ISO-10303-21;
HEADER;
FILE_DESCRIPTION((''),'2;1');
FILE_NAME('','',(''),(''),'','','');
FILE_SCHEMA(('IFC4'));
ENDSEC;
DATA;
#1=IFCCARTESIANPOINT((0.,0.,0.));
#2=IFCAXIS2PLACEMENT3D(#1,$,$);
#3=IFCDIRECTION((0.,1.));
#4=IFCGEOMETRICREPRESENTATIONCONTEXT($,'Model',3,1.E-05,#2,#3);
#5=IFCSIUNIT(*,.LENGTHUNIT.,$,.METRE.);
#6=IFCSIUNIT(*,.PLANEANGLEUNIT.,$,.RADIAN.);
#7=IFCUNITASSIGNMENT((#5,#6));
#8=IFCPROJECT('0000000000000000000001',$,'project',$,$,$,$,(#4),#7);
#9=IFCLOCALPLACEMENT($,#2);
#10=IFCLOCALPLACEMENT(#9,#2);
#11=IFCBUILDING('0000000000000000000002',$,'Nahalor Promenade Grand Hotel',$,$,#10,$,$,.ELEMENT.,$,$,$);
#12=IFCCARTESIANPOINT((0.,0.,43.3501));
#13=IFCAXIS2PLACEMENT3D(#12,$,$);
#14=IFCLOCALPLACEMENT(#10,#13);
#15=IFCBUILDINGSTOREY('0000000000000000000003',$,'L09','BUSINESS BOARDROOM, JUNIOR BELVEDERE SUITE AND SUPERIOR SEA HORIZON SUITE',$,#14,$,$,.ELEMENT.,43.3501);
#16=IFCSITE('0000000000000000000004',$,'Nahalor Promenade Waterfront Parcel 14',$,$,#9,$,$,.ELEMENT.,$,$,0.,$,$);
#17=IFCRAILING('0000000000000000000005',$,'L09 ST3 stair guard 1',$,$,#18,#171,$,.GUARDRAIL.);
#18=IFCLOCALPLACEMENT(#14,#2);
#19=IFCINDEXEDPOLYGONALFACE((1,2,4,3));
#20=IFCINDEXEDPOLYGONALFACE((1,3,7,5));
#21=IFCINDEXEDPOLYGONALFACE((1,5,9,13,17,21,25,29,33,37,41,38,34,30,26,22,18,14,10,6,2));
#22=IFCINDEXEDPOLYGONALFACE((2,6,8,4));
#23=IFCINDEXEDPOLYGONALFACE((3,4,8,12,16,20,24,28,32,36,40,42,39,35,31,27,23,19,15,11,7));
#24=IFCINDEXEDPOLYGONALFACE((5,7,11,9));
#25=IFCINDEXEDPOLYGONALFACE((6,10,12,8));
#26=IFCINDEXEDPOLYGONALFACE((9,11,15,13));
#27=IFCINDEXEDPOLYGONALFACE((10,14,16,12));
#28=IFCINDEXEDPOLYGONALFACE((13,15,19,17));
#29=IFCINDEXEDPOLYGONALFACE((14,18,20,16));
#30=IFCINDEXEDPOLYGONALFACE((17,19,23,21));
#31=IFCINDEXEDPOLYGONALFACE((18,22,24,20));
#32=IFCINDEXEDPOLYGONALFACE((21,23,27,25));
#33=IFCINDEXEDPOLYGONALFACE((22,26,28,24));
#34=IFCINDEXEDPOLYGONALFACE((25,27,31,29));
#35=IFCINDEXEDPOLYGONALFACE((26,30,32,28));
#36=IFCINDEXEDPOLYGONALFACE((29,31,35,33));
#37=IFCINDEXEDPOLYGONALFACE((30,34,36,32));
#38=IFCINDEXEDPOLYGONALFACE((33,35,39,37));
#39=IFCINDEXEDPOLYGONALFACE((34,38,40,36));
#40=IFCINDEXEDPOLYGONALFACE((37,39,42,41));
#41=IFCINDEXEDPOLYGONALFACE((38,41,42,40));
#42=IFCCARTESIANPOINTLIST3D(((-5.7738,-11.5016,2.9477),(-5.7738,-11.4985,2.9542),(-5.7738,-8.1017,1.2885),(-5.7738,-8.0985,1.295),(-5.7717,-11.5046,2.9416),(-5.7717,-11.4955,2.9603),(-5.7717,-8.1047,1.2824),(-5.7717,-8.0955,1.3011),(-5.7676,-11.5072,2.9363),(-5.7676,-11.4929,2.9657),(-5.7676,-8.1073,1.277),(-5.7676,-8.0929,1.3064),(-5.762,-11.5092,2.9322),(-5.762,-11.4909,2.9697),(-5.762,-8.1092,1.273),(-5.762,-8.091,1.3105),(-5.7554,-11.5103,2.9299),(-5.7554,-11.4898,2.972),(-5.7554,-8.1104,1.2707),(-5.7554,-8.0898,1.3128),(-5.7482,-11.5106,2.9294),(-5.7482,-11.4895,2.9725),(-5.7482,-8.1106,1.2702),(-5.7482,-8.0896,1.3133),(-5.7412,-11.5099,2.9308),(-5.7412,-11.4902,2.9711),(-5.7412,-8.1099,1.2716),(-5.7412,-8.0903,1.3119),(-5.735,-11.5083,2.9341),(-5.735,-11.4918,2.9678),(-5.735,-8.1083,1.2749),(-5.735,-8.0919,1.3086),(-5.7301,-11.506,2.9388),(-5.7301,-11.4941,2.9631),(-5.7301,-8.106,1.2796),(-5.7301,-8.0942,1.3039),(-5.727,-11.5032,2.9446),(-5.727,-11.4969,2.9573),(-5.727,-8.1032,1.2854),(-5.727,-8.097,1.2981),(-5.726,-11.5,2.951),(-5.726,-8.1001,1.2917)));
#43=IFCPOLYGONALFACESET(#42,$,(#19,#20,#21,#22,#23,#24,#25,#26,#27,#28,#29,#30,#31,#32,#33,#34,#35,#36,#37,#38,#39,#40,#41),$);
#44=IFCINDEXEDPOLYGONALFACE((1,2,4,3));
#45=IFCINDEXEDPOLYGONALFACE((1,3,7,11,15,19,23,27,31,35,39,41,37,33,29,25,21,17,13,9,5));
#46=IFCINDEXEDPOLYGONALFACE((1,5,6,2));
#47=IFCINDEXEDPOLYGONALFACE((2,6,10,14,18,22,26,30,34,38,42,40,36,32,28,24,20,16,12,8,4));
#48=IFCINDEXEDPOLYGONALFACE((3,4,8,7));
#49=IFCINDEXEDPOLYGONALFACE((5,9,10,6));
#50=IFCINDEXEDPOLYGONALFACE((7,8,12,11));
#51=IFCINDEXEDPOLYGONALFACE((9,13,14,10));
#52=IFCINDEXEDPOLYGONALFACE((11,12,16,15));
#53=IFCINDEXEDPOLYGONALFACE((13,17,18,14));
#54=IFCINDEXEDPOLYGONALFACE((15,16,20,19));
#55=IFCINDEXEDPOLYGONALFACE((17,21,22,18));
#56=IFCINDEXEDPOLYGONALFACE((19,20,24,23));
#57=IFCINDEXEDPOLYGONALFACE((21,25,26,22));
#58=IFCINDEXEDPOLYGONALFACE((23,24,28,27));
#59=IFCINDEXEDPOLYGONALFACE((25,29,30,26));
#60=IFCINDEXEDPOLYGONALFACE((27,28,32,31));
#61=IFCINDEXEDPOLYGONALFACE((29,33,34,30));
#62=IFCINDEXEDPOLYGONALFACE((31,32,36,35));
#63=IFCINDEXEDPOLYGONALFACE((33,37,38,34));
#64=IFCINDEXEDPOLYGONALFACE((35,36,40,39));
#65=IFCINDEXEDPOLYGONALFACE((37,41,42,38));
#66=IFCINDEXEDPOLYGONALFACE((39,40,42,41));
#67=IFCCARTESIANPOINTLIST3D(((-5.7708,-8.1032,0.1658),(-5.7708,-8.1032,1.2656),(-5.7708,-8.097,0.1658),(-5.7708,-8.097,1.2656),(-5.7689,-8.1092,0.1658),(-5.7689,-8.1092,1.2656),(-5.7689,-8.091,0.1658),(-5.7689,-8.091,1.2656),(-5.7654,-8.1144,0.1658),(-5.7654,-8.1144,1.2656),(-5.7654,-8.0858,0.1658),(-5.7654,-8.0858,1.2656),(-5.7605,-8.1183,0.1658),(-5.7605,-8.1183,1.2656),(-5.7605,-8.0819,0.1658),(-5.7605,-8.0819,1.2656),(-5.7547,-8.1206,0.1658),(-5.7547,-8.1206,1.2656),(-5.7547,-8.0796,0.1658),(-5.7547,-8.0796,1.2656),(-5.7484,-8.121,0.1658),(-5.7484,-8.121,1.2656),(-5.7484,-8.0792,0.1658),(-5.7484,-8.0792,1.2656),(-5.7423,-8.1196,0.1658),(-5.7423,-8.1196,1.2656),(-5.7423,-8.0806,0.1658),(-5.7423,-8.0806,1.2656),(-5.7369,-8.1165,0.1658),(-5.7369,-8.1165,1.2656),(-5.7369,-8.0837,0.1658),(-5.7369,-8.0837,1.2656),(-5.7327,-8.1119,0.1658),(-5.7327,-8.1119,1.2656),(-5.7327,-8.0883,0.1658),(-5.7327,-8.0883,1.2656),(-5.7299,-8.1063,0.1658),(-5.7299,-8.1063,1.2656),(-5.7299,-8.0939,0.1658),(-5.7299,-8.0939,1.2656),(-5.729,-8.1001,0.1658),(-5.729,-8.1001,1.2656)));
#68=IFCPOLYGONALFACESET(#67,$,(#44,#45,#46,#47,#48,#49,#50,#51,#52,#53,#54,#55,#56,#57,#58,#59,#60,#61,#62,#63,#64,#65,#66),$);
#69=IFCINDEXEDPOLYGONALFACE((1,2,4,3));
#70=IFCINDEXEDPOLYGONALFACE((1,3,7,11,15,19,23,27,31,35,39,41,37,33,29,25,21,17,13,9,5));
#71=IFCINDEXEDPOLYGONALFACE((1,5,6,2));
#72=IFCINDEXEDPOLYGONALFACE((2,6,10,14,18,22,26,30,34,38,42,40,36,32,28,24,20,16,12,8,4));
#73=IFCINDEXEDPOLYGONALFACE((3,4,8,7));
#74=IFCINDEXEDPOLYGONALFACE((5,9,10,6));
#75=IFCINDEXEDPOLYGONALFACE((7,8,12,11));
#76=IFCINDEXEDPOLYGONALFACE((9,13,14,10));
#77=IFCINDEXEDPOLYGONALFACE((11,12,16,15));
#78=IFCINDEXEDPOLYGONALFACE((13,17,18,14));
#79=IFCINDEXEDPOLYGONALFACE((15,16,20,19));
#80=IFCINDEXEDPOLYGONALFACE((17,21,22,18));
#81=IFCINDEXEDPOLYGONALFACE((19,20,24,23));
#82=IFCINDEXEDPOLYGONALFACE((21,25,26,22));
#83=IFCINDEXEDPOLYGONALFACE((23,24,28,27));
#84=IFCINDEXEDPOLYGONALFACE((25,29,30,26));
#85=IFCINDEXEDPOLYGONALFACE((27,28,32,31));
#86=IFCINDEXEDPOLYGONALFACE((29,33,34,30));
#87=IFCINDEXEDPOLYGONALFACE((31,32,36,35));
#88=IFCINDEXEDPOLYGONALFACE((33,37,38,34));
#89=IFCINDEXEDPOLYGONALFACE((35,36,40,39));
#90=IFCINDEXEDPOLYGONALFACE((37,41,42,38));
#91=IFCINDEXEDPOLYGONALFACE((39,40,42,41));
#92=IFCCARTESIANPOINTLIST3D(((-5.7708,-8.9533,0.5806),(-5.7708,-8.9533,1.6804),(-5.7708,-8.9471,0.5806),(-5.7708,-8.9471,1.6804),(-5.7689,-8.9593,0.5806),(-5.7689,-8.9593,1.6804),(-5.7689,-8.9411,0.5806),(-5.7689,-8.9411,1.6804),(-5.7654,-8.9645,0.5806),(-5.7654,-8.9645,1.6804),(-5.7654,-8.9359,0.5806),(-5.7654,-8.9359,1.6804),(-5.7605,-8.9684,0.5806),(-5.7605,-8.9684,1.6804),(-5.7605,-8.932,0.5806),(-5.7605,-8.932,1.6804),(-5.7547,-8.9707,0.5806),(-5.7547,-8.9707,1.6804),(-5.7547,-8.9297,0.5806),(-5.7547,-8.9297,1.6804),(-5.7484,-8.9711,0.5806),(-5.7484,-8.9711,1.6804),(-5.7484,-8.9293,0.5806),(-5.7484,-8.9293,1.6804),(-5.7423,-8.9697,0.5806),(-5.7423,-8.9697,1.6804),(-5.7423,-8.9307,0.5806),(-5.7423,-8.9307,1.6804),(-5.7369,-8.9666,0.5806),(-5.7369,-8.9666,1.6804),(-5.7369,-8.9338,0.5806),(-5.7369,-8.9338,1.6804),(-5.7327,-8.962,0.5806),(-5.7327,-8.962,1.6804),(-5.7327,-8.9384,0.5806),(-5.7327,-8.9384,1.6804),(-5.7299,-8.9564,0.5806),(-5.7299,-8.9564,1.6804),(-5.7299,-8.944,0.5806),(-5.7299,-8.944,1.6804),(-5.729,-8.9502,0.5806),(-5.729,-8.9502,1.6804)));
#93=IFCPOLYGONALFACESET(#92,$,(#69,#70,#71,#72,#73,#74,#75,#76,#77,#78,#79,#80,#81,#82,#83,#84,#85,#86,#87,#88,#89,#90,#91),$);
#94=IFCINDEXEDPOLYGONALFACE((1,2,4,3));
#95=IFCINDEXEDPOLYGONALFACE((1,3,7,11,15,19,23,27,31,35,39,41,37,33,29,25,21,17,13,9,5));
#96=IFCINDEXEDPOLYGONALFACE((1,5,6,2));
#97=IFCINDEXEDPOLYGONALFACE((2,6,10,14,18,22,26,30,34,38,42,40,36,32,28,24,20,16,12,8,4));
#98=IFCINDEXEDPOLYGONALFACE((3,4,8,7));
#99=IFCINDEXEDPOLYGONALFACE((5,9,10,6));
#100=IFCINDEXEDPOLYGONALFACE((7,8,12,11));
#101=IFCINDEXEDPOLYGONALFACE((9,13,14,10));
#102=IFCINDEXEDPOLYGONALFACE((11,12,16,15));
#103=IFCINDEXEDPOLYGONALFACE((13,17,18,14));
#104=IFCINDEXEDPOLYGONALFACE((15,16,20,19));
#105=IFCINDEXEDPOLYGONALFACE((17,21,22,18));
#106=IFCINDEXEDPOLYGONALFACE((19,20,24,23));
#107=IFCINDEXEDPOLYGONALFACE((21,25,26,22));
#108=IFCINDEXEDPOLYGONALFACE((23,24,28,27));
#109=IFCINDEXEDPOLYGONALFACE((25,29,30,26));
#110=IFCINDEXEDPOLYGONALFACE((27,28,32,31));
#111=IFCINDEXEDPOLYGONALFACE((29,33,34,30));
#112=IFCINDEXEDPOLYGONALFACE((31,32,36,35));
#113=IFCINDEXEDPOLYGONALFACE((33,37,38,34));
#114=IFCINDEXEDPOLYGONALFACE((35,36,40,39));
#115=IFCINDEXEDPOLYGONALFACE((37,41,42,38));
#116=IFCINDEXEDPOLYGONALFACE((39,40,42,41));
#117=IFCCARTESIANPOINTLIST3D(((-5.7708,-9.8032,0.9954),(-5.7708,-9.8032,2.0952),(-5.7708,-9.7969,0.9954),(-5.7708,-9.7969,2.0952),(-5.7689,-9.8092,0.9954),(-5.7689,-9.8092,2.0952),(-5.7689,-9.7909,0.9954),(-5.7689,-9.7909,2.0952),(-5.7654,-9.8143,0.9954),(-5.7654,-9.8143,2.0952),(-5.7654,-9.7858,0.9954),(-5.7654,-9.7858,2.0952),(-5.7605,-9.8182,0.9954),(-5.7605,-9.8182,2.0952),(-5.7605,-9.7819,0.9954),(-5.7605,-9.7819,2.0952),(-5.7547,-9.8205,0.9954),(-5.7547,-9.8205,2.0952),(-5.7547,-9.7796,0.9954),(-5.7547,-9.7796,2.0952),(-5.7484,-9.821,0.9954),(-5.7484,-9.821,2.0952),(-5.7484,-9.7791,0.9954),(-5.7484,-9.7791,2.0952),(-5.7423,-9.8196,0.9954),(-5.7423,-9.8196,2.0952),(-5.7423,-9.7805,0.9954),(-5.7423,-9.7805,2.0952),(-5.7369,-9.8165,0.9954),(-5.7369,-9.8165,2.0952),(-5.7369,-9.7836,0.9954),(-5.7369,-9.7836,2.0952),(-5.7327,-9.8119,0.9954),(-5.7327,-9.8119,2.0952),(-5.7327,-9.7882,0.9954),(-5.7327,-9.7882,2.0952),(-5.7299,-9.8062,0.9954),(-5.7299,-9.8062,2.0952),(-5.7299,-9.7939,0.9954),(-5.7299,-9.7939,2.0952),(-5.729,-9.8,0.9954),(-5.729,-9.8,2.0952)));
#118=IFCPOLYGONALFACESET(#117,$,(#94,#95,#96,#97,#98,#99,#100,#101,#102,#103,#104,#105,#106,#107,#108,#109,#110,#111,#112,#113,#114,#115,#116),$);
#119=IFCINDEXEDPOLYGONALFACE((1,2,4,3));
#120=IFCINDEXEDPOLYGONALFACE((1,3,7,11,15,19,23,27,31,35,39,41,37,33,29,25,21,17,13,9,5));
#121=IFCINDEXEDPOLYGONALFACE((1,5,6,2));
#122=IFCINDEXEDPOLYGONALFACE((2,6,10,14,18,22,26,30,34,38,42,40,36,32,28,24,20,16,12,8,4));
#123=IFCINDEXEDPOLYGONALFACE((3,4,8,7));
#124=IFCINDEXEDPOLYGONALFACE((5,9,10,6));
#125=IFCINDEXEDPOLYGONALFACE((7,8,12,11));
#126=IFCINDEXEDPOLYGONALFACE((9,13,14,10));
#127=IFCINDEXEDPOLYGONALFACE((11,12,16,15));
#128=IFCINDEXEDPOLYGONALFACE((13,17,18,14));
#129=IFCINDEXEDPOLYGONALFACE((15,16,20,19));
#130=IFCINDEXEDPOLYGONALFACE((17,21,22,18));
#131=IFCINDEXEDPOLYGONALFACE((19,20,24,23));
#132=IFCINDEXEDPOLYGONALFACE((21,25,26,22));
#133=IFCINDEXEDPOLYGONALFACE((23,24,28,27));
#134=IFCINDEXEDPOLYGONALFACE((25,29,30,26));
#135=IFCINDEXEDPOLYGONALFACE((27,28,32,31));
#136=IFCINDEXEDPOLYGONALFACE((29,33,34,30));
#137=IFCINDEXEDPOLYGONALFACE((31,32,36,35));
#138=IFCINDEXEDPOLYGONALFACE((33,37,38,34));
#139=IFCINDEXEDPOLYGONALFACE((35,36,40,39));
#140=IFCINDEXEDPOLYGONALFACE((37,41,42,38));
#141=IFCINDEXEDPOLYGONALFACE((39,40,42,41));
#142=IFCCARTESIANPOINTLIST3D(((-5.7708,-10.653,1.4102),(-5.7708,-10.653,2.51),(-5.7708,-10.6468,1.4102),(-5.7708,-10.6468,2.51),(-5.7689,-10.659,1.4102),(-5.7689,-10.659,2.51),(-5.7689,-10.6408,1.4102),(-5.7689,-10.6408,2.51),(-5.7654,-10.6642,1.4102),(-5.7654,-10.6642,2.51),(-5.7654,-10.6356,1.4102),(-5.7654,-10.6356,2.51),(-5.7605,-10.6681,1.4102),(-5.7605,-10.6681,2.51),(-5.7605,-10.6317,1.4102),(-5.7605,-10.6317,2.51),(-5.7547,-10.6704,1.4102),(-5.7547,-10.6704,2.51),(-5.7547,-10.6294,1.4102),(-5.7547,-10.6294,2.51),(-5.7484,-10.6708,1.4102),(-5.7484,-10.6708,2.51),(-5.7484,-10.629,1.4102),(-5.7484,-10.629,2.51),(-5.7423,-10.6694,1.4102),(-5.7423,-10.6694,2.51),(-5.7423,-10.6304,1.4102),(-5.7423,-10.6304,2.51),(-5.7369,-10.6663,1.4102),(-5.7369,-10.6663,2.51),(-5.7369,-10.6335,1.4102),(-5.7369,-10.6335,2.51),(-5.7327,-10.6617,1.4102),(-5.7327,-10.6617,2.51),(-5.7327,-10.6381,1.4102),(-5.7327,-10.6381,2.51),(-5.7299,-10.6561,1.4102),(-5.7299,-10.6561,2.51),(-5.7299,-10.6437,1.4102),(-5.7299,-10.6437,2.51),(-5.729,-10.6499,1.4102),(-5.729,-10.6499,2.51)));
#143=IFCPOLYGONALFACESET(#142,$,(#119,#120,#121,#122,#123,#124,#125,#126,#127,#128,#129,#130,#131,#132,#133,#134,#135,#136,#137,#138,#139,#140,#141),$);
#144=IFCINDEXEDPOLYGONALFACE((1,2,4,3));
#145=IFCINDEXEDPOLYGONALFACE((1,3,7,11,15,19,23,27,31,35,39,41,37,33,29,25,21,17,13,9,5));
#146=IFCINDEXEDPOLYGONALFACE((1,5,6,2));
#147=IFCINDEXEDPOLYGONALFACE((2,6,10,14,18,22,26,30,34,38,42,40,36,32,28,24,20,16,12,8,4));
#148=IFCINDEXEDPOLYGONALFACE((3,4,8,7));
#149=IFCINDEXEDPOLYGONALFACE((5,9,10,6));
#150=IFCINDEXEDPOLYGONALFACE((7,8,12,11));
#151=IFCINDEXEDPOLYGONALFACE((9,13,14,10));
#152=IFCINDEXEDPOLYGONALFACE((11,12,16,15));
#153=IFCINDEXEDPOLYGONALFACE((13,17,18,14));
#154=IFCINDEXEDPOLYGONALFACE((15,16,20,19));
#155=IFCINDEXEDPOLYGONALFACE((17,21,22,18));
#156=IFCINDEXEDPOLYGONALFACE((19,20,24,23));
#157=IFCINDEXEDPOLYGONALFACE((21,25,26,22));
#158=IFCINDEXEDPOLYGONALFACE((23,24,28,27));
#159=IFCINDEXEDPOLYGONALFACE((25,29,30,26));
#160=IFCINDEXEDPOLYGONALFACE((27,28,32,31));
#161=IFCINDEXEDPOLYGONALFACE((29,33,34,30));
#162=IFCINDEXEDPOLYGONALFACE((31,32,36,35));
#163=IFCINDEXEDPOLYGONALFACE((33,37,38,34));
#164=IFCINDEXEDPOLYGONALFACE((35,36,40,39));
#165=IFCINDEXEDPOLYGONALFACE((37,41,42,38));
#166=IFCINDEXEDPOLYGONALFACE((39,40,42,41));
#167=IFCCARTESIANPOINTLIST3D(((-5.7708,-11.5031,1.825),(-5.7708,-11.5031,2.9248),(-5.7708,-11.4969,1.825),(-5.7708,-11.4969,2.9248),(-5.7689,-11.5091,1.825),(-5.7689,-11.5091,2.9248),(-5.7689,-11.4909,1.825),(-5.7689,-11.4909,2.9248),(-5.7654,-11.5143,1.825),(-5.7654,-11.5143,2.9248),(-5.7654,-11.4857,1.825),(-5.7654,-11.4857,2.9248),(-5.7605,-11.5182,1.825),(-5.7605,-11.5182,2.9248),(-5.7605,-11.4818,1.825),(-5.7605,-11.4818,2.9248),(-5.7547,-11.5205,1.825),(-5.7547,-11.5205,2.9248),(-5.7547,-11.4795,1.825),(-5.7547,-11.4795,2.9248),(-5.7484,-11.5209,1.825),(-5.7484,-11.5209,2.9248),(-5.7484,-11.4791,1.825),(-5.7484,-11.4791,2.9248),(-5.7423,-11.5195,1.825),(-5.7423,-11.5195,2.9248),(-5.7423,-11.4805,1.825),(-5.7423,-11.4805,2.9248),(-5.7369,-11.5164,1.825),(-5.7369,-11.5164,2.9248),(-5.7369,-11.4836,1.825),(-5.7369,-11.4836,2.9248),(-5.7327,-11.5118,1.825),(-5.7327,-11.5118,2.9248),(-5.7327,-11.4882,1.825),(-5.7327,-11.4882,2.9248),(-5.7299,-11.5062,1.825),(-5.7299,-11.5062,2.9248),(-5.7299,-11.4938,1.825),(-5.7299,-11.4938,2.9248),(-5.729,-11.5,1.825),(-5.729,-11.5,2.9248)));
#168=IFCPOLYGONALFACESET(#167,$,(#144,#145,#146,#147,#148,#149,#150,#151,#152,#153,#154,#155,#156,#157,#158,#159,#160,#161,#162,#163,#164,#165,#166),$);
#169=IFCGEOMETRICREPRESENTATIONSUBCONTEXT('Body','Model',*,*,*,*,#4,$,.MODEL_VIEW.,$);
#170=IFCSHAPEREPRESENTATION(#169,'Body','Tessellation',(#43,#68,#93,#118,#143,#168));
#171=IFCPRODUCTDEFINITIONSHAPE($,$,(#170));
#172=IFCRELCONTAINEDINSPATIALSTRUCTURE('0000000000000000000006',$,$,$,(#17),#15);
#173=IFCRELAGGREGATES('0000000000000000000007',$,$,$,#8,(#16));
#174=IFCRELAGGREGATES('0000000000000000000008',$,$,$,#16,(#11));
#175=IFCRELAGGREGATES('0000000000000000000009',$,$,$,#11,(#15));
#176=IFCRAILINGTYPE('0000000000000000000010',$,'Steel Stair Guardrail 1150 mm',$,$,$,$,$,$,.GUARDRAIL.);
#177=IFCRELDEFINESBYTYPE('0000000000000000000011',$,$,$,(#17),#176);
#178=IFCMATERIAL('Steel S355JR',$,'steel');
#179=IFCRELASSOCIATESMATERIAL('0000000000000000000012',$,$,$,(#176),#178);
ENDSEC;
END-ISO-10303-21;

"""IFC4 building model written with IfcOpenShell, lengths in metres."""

from ifc_helpers import new_model, si_unit, direction, frame, origin, origin_2d, place, context, subcontext, project, spatial, circle, extrude, material, type_object, element, save


model = new_model("IFC4")

# Units and contexts
model_context = context("Model", 3, precision=1e-05, world=origin(), true_north=direction((0.0, 1.0)))
body_context = subcontext(model_context, "Body", "Model", "MODEL_VIEW")
ifc_project = project(units=[si_unit("LENGTHUNIT", "METRE"), si_unit("PLANEANGLEUNIT", "RADIAN")], contexts=[model_context])

# Site, building, storey
site_placement = place(None, origin())
site = spatial("IfcSite", under=ifc_project, at=site_placement, Name="Nahalor Promenade Waterfront Parcel 14", CompositionType="ELEMENT", RefElevation=0.0)
building_placement = place(site_placement, origin())
building = spatial("IfcBuilding", under=site, at=building_placement, Name="Nahalor Promenade Grand Hotel", CompositionType="ELEMENT")
storey_placement = place(building_placement, frame((0.0, 0.0, 43.3501)))
storey = spatial("IfcBuildingStorey", under=building, at=storey_placement, Name="L09", Description="BUSINESS BOARDROOM, JUNIOR BELVEDERE SUITE AND SUPERIOR SEA HORIZON SUITE", CompositionType="ELEMENT", Elevation=43.3501)

# Shared definitions
ifc_material_1 = material(Name="Steel S355JR", Category="steel")

# Railing
railing_type_1 = type_object("IfcRailingType", Name="Steel Stair Guardrail 1150 mm", PredefinedType="GUARDRAIL", material=ifc_material_1)
railing_1_placement = place(storey_placement, frame((-5.75, -8.1001, 0.1658)))
element("IfcRailing", 1, at=railing_1_placement, inside=storey, type_object=railing_type_1, Name="L09 ST3 stair guard 1", PredefinedType="GUARDRAIL", context=body_context, shape_type="SweptSolid", body=[
    extrude(circle(Radius=0.024, at=origin_2d()), frame((0.0, 0.0, 1.126), z_axis=(0.0, -0.898696, 0.438571), x_axis=(1.0, 0.0, 0.0)), (0.0, 0.0, 1.0), 3.7832),
    extrude(circle(Radius=0.021, at=origin_2d()), origin(), (0.0, 0.0, 1.0), 1.0999),
    extrude(circle(Radius=0.021, at=origin_2d()), frame((0.0, -0.8501, 0.4148)), (0.0, 0.0, 1.0), 1.0999),
    extrude(circle(Radius=0.021, at=origin_2d()), frame((0.0, -1.7, 0.8296)), (0.0, 0.0, 1.0), 1.0999),
    extrude(circle(Radius=0.021, at=origin_2d()), frame((0.0, -2.5498, 1.2444)), (0.0, 0.0, 1.0), 1.0999),
    extrude(circle(Radius=0.021, at=origin_2d()), frame((0.0, -3.3999, 1.6592)), (0.0, 0.0, 1.0), 1.0999),
])

save(model, "model.ifc")
